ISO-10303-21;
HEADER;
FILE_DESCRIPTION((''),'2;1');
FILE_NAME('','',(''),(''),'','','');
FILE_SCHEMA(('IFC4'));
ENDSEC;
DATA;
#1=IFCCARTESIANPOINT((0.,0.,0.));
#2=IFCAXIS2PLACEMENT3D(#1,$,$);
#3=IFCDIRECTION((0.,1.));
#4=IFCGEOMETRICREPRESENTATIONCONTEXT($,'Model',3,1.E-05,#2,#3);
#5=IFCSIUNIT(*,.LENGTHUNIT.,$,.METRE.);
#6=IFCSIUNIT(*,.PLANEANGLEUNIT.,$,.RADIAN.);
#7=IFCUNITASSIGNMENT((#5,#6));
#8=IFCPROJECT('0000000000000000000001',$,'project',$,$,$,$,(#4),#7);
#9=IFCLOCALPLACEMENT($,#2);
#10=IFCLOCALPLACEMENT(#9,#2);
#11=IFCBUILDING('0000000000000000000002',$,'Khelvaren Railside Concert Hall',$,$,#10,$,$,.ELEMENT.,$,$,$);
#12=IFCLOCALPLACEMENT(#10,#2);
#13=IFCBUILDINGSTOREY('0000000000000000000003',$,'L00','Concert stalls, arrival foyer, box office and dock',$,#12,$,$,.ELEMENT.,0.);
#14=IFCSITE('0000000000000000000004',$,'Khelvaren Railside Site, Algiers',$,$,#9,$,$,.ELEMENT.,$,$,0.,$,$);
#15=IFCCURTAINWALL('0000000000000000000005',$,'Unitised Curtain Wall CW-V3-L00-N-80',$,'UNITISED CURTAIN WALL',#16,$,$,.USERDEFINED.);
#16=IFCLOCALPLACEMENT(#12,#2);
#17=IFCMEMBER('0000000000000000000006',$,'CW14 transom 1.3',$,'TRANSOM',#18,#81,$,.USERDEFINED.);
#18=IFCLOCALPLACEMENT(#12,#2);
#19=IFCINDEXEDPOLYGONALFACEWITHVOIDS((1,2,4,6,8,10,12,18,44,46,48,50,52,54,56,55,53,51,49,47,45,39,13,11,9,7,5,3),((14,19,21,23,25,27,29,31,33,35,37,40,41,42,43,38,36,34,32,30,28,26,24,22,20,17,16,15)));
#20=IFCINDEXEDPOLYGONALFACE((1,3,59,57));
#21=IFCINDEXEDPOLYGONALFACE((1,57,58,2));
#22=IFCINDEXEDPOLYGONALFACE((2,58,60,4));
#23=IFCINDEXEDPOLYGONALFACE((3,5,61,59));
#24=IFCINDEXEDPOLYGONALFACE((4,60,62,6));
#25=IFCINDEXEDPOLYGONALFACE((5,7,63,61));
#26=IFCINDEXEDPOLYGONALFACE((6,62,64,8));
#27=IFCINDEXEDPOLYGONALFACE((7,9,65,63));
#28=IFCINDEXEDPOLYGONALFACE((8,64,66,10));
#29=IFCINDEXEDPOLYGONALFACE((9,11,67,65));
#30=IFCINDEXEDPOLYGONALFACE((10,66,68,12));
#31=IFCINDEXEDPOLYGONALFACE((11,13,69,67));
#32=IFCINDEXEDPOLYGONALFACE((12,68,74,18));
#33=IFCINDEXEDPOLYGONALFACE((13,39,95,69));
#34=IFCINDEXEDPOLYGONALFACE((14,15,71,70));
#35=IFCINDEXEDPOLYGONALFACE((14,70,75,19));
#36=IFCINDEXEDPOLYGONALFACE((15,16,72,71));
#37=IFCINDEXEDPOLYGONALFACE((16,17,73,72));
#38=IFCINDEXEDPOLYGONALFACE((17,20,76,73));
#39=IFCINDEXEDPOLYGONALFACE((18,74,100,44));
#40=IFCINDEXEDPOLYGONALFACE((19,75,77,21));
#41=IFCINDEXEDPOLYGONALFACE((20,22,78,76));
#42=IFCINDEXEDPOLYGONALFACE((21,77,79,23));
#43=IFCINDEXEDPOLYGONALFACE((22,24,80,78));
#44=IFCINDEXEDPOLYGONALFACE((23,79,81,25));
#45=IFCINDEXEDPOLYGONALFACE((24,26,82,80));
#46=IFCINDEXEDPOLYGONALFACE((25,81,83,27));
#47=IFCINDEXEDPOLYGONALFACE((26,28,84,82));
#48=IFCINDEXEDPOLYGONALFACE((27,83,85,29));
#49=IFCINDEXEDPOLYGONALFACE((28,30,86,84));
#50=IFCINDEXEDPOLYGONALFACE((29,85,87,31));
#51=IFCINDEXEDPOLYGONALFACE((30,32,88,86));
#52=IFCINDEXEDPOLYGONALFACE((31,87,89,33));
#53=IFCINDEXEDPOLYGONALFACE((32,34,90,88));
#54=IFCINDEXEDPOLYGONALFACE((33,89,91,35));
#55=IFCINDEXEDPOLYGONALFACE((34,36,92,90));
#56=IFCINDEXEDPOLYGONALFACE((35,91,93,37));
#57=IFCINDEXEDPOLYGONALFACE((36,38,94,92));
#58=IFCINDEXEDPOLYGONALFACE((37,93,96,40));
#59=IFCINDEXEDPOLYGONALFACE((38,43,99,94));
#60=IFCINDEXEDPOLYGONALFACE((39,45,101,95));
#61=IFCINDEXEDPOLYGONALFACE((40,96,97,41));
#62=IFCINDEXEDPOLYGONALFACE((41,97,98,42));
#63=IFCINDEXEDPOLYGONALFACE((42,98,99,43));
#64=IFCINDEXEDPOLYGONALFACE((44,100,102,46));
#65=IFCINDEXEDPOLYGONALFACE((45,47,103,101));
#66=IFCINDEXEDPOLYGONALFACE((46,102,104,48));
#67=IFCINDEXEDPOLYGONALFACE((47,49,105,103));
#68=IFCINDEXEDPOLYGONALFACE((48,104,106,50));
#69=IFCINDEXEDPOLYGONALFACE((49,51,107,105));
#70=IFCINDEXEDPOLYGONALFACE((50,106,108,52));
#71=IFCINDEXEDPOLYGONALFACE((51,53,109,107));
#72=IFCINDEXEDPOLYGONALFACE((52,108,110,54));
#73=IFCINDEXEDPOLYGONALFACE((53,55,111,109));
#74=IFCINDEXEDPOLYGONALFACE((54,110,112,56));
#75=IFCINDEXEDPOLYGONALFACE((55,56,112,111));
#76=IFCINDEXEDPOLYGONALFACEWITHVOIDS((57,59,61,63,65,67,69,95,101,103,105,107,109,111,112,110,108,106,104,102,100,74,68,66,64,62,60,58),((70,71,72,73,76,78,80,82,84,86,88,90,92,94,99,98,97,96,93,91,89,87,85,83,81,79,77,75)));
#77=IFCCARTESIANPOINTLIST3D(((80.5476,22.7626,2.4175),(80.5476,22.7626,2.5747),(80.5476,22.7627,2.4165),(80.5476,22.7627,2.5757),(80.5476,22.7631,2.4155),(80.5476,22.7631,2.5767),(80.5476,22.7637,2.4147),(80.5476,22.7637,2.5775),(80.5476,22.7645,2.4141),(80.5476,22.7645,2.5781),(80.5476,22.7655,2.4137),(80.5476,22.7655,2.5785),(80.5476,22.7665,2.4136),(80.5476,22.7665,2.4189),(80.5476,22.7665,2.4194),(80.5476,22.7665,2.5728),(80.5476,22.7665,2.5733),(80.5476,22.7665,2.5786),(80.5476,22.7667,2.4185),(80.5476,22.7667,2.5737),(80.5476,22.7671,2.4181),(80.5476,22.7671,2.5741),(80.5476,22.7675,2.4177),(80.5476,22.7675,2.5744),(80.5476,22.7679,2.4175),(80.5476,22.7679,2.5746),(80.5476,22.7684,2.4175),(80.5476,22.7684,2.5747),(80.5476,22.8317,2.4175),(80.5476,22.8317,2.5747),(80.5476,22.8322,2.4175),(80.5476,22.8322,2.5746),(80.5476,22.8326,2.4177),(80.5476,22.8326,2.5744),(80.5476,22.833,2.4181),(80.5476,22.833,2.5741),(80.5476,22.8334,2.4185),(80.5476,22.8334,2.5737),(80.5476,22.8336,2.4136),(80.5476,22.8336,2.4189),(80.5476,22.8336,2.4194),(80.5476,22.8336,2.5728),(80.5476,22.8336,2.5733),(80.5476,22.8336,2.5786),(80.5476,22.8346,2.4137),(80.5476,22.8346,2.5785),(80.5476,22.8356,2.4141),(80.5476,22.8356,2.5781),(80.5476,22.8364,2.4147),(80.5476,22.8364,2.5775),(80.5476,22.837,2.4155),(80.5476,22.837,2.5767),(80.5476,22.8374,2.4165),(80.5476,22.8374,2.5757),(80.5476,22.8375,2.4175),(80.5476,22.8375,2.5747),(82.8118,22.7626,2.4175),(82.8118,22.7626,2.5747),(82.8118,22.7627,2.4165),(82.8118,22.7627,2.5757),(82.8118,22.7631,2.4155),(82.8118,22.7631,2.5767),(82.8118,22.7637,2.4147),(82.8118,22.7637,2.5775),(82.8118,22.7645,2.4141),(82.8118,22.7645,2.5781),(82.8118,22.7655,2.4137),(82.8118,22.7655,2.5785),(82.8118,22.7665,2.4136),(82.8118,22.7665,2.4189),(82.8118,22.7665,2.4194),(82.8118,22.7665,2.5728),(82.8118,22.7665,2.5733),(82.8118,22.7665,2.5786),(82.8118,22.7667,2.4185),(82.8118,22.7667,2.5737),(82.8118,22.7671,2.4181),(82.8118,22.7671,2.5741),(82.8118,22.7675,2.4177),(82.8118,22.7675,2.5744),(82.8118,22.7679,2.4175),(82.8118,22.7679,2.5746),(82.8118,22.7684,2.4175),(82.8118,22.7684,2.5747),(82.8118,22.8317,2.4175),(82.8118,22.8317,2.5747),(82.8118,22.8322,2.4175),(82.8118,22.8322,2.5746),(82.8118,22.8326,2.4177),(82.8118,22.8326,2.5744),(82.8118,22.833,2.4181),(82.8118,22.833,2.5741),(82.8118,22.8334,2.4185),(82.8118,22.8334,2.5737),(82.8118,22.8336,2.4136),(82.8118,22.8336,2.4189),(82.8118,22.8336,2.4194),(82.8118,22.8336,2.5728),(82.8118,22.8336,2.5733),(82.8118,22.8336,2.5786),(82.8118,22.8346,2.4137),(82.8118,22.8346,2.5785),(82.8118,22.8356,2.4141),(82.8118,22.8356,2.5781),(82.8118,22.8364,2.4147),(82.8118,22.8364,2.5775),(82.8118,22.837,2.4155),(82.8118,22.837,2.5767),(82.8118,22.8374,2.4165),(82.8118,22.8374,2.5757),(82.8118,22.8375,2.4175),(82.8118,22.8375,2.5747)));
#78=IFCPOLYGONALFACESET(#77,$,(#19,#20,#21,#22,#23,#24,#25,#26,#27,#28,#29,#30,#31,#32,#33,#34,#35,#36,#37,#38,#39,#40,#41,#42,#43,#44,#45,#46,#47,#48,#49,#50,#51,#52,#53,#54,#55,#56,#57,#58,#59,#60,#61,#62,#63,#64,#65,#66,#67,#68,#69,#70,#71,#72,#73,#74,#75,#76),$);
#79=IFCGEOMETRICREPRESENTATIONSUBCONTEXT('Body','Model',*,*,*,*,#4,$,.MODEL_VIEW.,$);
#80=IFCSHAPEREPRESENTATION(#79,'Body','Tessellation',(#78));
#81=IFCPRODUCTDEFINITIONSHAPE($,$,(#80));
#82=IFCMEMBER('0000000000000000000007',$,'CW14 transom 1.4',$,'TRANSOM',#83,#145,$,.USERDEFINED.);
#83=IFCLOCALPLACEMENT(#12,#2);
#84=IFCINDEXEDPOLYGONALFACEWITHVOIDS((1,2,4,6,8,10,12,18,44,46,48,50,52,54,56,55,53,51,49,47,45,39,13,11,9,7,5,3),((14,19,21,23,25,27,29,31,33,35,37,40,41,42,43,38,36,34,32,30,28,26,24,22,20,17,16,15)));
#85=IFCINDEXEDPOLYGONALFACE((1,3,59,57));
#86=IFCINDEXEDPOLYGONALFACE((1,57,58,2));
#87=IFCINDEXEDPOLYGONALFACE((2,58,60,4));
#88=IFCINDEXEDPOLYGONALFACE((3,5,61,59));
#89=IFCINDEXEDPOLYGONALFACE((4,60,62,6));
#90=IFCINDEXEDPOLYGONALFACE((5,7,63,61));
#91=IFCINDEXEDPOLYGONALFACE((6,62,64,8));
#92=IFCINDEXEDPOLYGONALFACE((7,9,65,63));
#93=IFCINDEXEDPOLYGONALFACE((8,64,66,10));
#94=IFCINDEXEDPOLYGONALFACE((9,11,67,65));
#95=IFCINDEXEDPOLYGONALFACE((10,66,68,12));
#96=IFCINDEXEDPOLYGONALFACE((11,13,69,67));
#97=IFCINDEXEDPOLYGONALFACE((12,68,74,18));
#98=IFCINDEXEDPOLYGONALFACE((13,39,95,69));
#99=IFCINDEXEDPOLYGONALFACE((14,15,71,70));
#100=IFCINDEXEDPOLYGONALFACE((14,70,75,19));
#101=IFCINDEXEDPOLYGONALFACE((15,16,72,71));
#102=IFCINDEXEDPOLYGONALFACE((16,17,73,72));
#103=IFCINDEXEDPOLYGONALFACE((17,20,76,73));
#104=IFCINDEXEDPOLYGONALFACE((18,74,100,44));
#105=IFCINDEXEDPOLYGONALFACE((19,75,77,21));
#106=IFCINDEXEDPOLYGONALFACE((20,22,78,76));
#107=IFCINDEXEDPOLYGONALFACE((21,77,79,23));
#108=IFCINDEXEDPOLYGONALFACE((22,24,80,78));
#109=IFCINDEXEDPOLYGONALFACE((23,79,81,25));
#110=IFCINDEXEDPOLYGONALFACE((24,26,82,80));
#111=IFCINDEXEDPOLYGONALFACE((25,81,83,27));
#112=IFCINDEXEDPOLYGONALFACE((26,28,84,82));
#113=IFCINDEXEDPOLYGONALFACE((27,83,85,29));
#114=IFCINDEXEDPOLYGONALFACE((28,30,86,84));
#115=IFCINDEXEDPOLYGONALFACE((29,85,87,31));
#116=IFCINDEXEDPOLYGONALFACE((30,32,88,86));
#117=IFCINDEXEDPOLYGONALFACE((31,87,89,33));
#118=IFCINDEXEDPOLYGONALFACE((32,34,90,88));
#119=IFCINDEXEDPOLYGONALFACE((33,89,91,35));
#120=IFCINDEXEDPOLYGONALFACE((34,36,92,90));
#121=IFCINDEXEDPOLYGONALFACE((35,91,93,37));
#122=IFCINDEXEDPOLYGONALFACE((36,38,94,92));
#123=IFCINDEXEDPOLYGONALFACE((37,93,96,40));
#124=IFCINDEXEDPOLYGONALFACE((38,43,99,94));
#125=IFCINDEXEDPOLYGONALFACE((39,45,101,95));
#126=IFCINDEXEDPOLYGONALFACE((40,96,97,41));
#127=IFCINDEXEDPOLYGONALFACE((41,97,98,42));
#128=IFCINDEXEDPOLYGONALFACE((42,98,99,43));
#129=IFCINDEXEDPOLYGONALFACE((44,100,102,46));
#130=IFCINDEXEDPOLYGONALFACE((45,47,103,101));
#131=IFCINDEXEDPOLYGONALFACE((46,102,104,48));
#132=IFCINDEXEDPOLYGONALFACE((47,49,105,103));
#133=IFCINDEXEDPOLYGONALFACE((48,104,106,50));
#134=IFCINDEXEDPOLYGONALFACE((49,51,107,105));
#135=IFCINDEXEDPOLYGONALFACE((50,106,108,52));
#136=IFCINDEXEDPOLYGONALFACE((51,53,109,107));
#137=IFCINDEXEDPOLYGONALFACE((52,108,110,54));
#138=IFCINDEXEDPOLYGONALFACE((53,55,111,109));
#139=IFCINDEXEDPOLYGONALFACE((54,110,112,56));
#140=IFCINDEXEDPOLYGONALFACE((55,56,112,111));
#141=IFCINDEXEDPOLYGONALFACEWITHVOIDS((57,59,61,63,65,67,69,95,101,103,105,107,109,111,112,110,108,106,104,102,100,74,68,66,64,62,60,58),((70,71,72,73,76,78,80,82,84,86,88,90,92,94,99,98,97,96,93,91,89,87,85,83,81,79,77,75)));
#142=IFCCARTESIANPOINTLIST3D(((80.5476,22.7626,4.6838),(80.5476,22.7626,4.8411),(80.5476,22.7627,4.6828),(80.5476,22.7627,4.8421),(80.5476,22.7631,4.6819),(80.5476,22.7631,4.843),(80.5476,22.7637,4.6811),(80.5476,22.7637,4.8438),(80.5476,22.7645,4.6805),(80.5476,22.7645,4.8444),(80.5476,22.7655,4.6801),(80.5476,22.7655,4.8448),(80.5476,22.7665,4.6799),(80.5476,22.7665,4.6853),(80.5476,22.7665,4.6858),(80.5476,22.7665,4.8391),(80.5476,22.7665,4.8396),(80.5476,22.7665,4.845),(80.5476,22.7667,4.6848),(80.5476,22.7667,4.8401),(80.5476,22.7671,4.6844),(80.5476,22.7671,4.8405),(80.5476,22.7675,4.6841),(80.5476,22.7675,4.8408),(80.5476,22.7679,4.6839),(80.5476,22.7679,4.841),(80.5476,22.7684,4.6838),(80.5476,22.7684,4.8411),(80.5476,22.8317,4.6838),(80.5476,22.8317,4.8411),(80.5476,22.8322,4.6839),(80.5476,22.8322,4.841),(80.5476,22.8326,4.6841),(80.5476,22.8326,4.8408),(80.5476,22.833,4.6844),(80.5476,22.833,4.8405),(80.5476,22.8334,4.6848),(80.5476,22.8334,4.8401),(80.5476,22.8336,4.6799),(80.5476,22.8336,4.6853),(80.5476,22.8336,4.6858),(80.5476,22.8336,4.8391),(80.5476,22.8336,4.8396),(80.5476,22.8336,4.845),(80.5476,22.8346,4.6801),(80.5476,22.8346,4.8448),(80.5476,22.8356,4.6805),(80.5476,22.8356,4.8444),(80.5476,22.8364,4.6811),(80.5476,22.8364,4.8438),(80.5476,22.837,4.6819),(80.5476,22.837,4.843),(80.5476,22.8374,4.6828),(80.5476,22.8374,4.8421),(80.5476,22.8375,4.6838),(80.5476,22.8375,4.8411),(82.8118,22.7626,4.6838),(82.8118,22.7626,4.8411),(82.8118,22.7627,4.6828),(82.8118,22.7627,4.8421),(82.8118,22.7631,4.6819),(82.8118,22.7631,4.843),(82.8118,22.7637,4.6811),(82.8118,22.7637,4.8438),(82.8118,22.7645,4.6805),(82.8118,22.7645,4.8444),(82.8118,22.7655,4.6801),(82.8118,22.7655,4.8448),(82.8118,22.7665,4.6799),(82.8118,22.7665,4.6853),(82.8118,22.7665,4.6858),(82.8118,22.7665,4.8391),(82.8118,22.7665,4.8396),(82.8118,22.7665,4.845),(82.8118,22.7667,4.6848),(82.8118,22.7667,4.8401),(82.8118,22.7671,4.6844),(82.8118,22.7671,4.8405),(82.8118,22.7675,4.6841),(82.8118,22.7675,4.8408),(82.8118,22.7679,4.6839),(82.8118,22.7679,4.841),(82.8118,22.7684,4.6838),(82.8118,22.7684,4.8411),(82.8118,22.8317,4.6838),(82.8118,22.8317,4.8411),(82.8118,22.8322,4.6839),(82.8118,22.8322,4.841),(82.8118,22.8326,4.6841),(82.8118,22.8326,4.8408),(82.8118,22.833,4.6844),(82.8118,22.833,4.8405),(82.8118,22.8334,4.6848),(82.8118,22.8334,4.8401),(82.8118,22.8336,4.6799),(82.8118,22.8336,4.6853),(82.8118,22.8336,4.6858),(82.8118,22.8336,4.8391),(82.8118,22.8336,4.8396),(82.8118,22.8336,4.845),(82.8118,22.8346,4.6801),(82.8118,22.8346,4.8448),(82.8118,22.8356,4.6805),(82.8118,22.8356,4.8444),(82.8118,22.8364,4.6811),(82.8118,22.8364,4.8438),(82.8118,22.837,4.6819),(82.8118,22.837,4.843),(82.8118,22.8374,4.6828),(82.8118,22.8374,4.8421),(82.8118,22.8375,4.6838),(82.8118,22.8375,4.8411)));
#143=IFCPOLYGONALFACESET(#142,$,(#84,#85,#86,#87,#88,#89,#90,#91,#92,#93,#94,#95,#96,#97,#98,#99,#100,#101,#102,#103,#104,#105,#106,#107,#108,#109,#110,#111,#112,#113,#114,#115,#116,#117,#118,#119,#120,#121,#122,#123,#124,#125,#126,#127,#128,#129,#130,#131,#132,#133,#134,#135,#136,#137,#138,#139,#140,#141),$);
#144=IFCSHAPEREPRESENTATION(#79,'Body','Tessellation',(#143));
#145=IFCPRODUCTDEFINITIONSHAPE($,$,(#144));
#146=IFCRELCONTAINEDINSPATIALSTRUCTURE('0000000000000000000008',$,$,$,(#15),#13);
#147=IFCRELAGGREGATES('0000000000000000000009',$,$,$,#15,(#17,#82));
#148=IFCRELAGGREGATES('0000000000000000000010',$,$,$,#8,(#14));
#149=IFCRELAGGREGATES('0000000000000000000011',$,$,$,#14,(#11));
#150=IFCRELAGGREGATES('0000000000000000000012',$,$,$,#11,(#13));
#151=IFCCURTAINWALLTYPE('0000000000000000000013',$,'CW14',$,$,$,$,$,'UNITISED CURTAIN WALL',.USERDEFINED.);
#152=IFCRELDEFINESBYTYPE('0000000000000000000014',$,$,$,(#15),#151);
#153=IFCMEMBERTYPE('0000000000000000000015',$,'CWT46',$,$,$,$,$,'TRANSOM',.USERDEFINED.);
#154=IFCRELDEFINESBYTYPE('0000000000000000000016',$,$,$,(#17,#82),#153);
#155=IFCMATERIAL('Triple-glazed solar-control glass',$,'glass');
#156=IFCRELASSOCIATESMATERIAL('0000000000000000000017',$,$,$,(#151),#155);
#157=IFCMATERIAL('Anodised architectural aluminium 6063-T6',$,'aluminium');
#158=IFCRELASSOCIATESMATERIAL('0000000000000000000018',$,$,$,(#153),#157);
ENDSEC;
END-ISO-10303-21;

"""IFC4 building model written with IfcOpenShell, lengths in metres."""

from ifc_helpers import new_model, si_unit, direction, frame, origin, origin_2d, place, context, subcontext, project, spatial, hollow_rectangle, extrude, material, material_profile, profile_set, type_object, element, aggregate, save


model = new_model("IFC4")

# Units and contexts
model_context = context("Model", 3, precision=1e-05, world=origin(), true_north=direction((0.0, 1.0)))
body_context = subcontext(model_context, "Body", "Model", "MODEL_VIEW")
ifc_project = project(units=[si_unit("LENGTHUNIT", "METRE"), si_unit("PLANEANGLEUNIT", "RADIAN")], contexts=[model_context])

# Site, building, storey
site_placement = place(None, origin())
site = spatial("IfcSite", under=ifc_project, at=site_placement, Name="Khelvaren Railside Site, Algiers", CompositionType="ELEMENT", RefElevation=0.0)
building_placement = place(site_placement, origin())
building = spatial("IfcBuilding", under=site, at=building_placement, Name="Khelvaren Railside Concert Hall", CompositionType="ELEMENT")
storey_placement = place(building_placement, origin())
storey = spatial("IfcBuildingStorey", under=building, at=storey_placement, Name="L00", Description="Concert stalls, arrival foyer, box office and dock", CompositionType="ELEMENT", Elevation=0.0)

# Curtain wall, members
ifc_material_1 = material(Name="Triple-glazed solar-control glass", Category="glass")
curtain_wall_type = type_object("IfcCurtainWallType", Name="CW14", ElementType="UNITISED CURTAIN WALL", PredefinedType="USERDEFINED", material=ifc_material_1)
curtain_wall_placement = place(storey_placement, origin())
curtain_wall = element("IfcCurtainWall", 1, at=curtain_wall_placement, inside=storey, type_object=curtain_wall_type, Name="Unitised Curtain Wall CW-V3-L00-N-80", ObjectType="UNITISED CURTAIN WALL", PredefinedType="USERDEFINED")
ifc_material_2 = material(Name="Anodised architectural aluminium 6063-T6", Category="aluminium")
ifc_material_profile_1 = material_profile(ifc_material_2, hollow_rectangle(XDim=0.075, YDim=0.165, WallThickness=0.0039, InnerFilletRadius=0.002, OuterFilletRadius=0.0039, at=origin_2d()), Name="CWT 75x165x4")
ifc_profile_set_1 = profile_set([ifc_material_profile_1], Name="Anodised architectural aluminium 6063-T6")
member_type_1 = type_object("IfcMemberType", Name="CWT46", ElementType="TRANSOM", PredefinedType="USERDEFINED", material=ifc_profile_set_1)
member_1_placement = place(storey_placement, frame((80.5476, 22.8, 2.4961), z_axis=(1.0, 0.0, 0.0), x_axis=(0.0, 1.0, 0.0)))
member_1 = element("IfcMember", 2, at=member_1_placement, type_object=member_type_1, Name="CW14 transom 1.3", ObjectType="TRANSOM", PredefinedType="USERDEFINED", context=body_context, shape_type="SweptSolid", body=[
    extrude(hollow_rectangle(XDim=0.075, YDim=0.165, WallThickness=0.0039, InnerFilletRadius=0.002, OuterFilletRadius=0.0039, at=origin_2d()), origin(), (0.0, 0.0, 1.0), 2.2642),
])
member_2_placement = place(storey_placement, frame((80.5476, 22.8, 4.7625), z_axis=(1.0, 0.0, 0.0), x_axis=(0.0, 1.0, 0.0)))
member_2 = element("IfcMember", 3, at=member_2_placement, type_object=member_type_1, Name="CW14 transom 1.4", ObjectType="TRANSOM", PredefinedType="USERDEFINED", context=body_context, shape_type="SweptSolid", body=[
    extrude(hollow_rectangle(XDim=0.075, YDim=0.165, WallThickness=0.0039, InnerFilletRadius=0.002, OuterFilletRadius=0.0039, at=origin_2d()), origin(), (0.0, 0.0, 1.0), 2.2642),
])

aggregate(curtain_wall, [member_1, member_2])

save(model, "model.ifc")
